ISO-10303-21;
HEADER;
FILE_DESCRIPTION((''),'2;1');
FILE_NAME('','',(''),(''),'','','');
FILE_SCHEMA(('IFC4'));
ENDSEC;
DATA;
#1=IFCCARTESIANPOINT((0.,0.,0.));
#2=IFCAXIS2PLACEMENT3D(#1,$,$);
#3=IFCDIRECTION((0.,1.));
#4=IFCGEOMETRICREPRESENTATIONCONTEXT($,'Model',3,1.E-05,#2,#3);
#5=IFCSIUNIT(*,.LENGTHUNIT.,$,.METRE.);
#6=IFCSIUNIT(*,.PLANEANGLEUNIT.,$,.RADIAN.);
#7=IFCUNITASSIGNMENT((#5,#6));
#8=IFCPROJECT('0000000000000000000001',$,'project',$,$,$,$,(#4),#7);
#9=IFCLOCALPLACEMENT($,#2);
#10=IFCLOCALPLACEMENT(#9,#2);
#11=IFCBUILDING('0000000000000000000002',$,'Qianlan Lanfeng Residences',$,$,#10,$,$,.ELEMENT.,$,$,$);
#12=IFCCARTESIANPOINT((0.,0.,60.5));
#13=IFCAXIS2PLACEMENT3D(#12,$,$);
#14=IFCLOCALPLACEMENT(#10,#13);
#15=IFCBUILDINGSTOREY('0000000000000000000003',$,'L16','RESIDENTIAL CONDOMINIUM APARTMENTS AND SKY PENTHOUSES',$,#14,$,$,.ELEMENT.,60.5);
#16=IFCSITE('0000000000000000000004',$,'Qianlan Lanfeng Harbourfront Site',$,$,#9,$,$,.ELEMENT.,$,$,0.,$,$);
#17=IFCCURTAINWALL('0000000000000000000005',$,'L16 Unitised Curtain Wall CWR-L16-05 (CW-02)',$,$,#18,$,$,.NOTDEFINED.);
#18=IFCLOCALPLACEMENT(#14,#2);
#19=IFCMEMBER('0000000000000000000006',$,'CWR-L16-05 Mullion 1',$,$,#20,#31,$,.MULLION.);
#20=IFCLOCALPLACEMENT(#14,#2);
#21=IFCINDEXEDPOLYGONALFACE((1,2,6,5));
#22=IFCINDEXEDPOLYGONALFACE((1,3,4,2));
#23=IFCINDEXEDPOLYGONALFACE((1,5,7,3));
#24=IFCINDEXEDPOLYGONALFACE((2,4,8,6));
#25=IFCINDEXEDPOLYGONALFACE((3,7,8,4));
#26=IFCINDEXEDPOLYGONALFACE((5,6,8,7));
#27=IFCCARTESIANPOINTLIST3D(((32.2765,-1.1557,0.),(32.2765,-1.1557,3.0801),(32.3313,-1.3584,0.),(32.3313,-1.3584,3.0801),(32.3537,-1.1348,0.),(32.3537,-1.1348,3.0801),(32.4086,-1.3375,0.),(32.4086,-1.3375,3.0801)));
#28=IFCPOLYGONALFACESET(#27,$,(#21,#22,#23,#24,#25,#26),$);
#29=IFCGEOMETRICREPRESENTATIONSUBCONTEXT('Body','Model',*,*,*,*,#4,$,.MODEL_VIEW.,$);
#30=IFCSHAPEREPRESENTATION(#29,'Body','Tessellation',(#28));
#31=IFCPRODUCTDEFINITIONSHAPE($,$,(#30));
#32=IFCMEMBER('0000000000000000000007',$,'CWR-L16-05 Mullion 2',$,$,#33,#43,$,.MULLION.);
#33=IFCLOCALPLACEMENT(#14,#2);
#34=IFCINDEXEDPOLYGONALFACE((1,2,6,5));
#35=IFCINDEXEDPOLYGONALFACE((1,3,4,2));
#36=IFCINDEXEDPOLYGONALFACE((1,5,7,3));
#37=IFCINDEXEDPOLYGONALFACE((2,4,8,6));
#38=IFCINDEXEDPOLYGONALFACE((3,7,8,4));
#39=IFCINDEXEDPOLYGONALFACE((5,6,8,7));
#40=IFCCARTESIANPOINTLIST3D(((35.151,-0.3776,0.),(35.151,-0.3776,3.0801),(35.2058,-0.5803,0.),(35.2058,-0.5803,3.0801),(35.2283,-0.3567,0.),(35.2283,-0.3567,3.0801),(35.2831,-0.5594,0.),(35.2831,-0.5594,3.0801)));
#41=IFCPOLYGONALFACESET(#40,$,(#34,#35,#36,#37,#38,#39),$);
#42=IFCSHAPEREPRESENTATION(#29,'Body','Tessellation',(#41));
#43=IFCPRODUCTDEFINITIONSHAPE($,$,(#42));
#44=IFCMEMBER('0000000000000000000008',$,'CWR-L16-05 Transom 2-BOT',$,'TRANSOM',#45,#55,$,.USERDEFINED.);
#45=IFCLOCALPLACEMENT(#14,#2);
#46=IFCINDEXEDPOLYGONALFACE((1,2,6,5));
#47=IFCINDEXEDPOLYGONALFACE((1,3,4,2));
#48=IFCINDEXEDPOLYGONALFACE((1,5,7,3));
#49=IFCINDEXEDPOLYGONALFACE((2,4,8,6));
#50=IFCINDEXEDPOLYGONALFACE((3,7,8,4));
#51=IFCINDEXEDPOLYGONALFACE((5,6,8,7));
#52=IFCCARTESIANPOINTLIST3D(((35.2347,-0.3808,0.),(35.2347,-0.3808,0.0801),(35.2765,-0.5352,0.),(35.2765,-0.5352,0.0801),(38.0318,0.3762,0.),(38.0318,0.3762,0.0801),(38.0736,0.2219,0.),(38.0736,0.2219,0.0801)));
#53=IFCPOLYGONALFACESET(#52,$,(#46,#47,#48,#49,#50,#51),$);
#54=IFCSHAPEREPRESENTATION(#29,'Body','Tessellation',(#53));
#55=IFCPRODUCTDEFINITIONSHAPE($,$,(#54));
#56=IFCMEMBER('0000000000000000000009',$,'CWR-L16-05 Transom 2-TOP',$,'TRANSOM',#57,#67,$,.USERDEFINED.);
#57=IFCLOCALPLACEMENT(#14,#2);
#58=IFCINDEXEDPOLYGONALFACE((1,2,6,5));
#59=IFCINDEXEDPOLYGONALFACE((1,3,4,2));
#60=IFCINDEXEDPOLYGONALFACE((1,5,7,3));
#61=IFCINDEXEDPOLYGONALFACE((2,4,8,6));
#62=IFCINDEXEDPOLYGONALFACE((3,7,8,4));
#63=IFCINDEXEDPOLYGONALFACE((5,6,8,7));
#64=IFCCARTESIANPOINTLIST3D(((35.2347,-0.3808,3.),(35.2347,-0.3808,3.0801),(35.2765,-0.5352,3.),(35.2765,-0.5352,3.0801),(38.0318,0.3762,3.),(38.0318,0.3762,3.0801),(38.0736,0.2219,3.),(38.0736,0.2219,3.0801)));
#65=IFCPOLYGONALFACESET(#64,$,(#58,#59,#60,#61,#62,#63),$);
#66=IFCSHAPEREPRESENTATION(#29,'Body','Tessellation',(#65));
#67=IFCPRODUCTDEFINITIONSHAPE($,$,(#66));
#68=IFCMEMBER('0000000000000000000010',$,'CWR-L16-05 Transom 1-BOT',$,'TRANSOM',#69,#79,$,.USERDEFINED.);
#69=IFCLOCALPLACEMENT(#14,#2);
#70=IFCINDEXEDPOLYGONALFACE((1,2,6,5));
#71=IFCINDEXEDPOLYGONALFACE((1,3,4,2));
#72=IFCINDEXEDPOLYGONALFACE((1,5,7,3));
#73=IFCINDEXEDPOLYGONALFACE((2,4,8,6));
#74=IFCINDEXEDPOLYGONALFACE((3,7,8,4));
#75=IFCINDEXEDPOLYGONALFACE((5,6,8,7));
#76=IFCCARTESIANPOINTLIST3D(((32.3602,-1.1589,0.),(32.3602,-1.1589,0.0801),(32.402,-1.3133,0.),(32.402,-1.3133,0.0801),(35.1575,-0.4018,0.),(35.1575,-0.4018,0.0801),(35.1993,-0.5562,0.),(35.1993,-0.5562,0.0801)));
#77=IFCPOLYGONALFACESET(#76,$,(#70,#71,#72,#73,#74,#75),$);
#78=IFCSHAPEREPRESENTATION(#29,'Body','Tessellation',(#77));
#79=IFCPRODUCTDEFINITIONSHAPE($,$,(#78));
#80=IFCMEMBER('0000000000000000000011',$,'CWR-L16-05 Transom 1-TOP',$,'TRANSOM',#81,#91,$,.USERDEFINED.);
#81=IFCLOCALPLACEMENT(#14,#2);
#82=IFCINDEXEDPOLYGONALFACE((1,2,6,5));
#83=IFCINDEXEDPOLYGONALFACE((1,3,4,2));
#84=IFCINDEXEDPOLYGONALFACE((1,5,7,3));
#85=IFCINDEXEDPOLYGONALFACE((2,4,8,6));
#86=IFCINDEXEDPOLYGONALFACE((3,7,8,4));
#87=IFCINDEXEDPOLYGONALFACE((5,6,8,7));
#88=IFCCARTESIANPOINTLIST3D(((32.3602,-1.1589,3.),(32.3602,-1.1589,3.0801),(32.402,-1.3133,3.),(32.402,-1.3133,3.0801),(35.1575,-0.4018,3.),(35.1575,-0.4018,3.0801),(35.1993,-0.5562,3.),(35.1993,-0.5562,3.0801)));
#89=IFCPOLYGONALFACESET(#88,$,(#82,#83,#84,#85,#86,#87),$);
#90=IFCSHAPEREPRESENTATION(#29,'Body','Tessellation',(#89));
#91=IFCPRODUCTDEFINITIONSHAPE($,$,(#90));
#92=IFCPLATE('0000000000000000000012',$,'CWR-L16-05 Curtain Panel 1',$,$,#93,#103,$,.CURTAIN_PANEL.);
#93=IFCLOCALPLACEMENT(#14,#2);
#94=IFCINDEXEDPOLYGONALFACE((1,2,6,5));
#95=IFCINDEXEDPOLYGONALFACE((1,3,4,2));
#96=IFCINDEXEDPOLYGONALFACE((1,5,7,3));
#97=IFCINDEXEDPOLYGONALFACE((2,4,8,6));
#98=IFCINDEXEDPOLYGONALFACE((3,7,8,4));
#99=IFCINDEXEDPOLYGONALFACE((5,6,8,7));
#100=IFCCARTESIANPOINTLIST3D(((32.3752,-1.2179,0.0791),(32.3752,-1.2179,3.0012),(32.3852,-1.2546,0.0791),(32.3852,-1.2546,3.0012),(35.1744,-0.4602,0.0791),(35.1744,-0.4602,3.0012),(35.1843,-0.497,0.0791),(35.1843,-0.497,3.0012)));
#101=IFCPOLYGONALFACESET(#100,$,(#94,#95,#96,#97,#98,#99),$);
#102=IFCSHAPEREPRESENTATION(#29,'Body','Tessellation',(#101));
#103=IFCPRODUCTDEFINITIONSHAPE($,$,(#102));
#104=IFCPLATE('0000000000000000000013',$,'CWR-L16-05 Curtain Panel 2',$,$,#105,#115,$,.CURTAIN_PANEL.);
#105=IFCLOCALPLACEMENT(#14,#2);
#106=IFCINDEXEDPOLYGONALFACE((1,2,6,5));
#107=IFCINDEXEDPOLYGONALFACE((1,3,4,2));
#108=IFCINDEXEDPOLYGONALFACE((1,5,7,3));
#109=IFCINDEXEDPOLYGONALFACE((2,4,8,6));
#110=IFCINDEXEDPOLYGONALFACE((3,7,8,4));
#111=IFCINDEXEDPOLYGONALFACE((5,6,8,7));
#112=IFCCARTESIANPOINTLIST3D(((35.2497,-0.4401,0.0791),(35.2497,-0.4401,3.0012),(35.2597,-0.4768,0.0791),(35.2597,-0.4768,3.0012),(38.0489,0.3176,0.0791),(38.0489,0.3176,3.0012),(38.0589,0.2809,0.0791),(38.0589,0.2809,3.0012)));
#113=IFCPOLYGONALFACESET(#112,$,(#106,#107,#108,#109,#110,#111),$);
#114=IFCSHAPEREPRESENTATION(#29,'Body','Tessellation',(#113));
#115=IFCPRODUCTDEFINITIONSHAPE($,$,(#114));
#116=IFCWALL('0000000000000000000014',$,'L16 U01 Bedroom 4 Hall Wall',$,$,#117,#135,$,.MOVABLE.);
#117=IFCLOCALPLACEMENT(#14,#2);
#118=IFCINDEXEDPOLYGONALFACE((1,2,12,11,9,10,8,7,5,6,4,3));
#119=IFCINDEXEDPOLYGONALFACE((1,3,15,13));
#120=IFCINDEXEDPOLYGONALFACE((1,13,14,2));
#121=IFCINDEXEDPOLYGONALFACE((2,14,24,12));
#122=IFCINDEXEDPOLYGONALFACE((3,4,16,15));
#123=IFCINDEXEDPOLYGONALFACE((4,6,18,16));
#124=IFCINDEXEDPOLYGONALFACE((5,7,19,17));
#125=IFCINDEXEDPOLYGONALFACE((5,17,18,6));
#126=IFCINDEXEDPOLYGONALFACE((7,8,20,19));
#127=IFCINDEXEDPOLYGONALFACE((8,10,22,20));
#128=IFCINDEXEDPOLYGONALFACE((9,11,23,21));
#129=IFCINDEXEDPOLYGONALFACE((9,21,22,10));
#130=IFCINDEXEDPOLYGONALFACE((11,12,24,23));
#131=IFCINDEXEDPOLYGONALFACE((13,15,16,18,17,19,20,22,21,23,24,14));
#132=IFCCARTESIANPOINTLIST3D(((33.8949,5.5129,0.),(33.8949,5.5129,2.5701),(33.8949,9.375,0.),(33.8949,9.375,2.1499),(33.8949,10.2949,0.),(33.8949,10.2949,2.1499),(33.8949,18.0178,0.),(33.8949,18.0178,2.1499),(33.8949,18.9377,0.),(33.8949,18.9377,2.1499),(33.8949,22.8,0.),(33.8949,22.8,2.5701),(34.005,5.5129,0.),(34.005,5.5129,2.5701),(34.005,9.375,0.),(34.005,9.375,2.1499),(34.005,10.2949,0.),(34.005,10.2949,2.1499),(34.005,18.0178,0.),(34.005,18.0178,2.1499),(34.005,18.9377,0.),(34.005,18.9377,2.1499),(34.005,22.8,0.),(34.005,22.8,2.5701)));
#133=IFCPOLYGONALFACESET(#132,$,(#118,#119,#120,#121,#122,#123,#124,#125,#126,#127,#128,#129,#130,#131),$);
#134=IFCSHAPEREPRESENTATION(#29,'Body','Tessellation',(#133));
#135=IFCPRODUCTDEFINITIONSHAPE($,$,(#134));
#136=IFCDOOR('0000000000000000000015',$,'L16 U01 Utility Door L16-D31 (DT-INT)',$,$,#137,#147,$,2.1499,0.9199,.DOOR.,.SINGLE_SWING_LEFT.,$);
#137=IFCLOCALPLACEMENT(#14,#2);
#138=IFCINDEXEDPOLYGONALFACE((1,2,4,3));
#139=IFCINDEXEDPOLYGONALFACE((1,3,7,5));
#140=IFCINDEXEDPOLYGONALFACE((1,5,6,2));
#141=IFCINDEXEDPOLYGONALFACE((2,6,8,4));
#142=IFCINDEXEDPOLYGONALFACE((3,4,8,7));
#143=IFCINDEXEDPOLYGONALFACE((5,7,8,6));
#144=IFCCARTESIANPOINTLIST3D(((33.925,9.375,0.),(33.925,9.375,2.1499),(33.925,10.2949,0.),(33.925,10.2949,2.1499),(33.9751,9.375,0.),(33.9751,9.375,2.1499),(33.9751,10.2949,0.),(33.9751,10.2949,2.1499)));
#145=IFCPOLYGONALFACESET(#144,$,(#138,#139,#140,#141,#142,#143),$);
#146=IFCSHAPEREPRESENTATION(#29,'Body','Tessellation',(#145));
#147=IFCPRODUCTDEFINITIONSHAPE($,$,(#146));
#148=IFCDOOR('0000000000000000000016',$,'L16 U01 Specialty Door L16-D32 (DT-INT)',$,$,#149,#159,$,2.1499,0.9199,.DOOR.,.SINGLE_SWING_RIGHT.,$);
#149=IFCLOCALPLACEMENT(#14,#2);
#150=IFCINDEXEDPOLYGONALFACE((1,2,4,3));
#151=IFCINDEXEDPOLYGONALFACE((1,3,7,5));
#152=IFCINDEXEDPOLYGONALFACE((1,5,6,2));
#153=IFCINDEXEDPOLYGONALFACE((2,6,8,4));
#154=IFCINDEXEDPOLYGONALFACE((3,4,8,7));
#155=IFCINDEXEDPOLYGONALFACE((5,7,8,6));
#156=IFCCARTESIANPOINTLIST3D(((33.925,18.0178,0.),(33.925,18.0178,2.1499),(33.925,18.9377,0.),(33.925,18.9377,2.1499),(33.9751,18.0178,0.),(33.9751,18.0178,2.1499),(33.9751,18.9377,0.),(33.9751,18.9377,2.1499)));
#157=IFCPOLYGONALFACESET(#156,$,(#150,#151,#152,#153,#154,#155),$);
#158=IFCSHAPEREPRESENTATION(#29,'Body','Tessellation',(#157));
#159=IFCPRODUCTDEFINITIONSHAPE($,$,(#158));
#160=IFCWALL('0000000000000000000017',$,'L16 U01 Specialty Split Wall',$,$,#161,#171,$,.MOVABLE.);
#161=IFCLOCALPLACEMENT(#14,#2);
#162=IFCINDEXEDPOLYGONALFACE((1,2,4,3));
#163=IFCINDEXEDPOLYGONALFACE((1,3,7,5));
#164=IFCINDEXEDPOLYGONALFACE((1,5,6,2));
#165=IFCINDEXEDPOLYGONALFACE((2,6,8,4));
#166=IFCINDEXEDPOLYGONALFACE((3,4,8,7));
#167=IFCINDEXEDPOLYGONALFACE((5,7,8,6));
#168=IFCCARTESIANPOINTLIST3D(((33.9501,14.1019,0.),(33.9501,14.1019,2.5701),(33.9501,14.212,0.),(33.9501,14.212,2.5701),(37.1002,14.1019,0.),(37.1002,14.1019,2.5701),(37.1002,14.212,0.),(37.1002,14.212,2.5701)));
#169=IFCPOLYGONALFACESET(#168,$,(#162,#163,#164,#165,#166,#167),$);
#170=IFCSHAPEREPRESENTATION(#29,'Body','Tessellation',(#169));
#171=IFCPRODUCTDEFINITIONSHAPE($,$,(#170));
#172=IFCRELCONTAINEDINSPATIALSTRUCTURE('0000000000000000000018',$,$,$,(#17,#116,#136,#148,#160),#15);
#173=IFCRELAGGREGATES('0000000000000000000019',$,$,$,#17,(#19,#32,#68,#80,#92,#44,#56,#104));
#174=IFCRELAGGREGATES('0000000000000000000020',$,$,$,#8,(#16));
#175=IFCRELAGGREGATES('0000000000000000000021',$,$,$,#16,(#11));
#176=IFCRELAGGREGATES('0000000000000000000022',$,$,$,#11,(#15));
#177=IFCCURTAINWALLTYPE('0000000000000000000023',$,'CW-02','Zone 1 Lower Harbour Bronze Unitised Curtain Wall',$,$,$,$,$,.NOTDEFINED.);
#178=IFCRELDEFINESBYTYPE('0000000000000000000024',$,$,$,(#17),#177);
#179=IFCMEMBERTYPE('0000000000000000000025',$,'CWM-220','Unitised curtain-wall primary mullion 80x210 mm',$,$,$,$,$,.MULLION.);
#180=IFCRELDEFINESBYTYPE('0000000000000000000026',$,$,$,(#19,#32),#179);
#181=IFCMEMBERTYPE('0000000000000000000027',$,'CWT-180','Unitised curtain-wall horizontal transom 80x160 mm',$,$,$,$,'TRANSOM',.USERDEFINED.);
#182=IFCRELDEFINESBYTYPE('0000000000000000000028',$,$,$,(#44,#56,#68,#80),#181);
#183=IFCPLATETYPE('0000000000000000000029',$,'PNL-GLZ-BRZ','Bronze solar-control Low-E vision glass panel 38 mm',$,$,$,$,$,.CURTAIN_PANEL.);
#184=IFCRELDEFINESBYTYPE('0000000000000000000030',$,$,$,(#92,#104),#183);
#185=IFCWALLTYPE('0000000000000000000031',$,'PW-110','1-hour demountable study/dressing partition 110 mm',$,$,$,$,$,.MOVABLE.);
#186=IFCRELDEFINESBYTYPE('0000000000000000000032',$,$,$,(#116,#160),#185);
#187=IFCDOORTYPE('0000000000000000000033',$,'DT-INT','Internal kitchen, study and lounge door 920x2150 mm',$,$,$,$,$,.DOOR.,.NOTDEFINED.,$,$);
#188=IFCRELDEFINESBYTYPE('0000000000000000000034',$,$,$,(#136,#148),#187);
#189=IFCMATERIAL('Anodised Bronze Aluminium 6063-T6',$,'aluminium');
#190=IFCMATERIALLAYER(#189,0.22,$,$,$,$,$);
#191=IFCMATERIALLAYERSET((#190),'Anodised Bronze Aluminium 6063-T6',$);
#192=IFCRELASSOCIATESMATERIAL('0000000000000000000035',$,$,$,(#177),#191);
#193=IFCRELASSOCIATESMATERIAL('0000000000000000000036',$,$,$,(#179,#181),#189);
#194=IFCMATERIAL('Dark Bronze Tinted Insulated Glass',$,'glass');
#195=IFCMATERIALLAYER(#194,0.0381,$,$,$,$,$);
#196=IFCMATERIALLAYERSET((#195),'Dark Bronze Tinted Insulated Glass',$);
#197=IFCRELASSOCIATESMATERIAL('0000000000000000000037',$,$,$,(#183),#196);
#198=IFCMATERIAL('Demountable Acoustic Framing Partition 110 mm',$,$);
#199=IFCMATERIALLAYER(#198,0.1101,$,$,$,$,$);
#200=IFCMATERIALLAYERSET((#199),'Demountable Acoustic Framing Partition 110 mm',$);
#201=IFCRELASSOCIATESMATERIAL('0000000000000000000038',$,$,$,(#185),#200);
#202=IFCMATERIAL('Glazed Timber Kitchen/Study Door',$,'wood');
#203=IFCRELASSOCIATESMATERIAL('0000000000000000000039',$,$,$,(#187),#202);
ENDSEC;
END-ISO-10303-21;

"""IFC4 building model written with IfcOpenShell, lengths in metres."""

from ifc_helpers import new_model, si_unit, direction, frame, frame_2d, origin, origin_2d, place, context, subcontext, project, spatial, rectangle, extrude, source, transform, mapped, material, layer, layer_set, material_profile, profile_set, type_object, element, fill, aggregate, save


model = new_model("IFC4")

# Units and contexts
model_context = context("Model", 3, precision=1e-05, world=origin(), true_north=direction((0.0, 1.0)))
body_context = subcontext(model_context, "Body", "Model", "MODEL_VIEW")
ifc_project = project(units=[si_unit("LENGTHUNIT", "METRE"), si_unit("PLANEANGLEUNIT", "RADIAN")], contexts=[model_context])

# Site, building, storey
site_placement = place(None, origin())
site = spatial("IfcSite", under=ifc_project, at=site_placement, Name="Qianlan Lanfeng Harbourfront Site", CompositionType="ELEMENT", RefElevation=0.0)
building_placement = place(site_placement, origin())
building = spatial("IfcBuilding", under=site, at=building_placement, Name="Qianlan Lanfeng Residences", CompositionType="ELEMENT")
storey_placement = place(building_placement, frame((0.0, 0.0, 60.5)))
storey = spatial("IfcBuildingStorey", under=building, at=storey_placement, Name="L16", Description="RESIDENTIAL CONDOMINIUM APARTMENTS AND SKY PENTHOUSES", CompositionType="ELEMENT", Elevation=60.5)

# Shared definitions
ifc_material_1 = material(Name="Anodised Bronze Aluminium 6063-T6", Category="aluminium")
ifc_layer_1 = layer(ifc_material_1, 0.22)
ifc_layer_set_1 = layer_set([ifc_layer_1], Name="Anodised Bronze Aluminium 6063-T6")
curtain_wall_type = type_object("IfcCurtainWallType", Name="CW-02", Description="Zone 1 Lower Harbour Bronze Unitised Curtain Wall", PredefinedType="NOTDEFINED", material=ifc_layer_set_1)
ifc_material_profile_1 = material_profile(ifc_material_1, rectangle(XDim=0.0801, YDim=0.21, at=origin_2d()), Name="ALU MULLION 80x210")
ifc_profile_set_1 = profile_set([ifc_material_profile_1], Name="Anodised Bronze Aluminium 6063-T6")
member_type_1 = type_object("IfcMemberType", Name="CWM-220", Description="Unitised curtain-wall primary mullion 80x210 mm", PredefinedType="MULLION", material=ifc_profile_set_1)
shared_shape_1 = source(origin(), body_context, "Body", "SweptSolid", [
    extrude(rectangle(XDim=0.0801, YDim=0.21, at=origin_2d()), origin(), (0.0, 0.0, 1.0), 3.0801),
])

# Curtain wall, members, plates
curtain_wall_1_placement = place(storey_placement, origin())
curtain_wall_1 = element("IfcCurtainWall", 1, at=curtain_wall_1_placement, inside=storey, type_object=curtain_wall_type, Name="L16 Unitised Curtain Wall CWR-L16-05 (CW-02)", PredefinedType="NOTDEFINED")
member_1_placement = place(storey_placement, frame((32.3425, -1.2466, 0.0), z_axis=(0.0, 0.0, 1.0), x_axis=(0.965263, 0.261281, 0.0)))
member_1 = element("IfcMember", 2, at=member_1_placement, type_object=member_type_1, Name="CWR-L16-05 Mullion 1", PredefinedType="MULLION", context=body_context, shape_type="MappedRepresentation", body=[
    mapped(shared_shape_1, transform((0.0, 0.0, 0.0), scale=1.0)),
])
member_2_placement = place(storey_placement, frame((35.217, -0.4685, 0.0), z_axis=(0.0, 0.0, 1.0), x_axis=(0.965263, 0.261281, 0.0)))
member_2 = element("IfcMember", 3, at=member_2_placement, type_object=member_type_1, Name="CWR-L16-05 Mullion 2", PredefinedType="MULLION", context=body_context, shape_type="MappedRepresentation", body=[
    mapped(shared_shape_1, transform((0.0, 0.0, 0.0), scale=1.0)),
])
ifc_material_profile_2 = material_profile(ifc_material_1, rectangle(XDim=0.0801, YDim=0.1599, at=origin_2d()), Name="ALU TRANSOM 80x160")
ifc_profile_set_2 = profile_set([ifc_material_profile_2], Name="Anodised Bronze Aluminium 6063-T6")
member_type_2 = type_object("IfcMemberType", Name="CWT-180", Description="Unitised curtain-wall horizontal transom 80x160 mm", ElementType="TRANSOM", PredefinedType="USERDEFINED", material=ifc_profile_set_2)
shared_shape_2 = source(origin(), body_context, "Body", "SweptSolid", [
    extrude(rectangle(XDim=0.0801, YDim=0.1599, at=origin_2d()), origin(), (0.0, 0.0, 1.0), 2.8977),
])
member_3_placement = place(storey_placement, frame((35.2556, -0.458, 0.04), z_axis=(0.965268, 0.261263, 0.0), x_axis=(0.0, 0.0, 1.0)))
member_3 = element("IfcMember", 4, at=member_3_placement, type_object=member_type_2, Name="CWR-L16-05 Transom 2-BOT", ObjectType="TRANSOM", PredefinedType="USERDEFINED", context=body_context, shape_type="MappedRepresentation", body=[
    mapped(shared_shape_2, transform((0.0, 0.0, 0.0), scale=1.0)),
])
member_4_placement = place(storey_placement, frame((35.2556, -0.458, 3.04), z_axis=(0.965268, 0.261263, 0.0), x_axis=(0.0, 0.0, 1.0)))
member_4 = element("IfcMember", 5, at=member_4_placement, type_object=member_type_2, Name="CWR-L16-05 Transom 2-TOP", ObjectType="TRANSOM", PredefinedType="USERDEFINED", context=body_context, shape_type="MappedRepresentation", body=[
    mapped(shared_shape_2, transform((0.0, 0.0, 0.0), scale=1.0)),
])
shared_shape_3 = source(origin(), body_context, "Body", "SweptSolid", [
    extrude(rectangle(XDim=0.0801, YDim=0.1599, at=origin_2d()), origin(), (0.0, 0.0, 1.0), 2.8979),
])
member_5_placement = place(storey_placement, frame((32.3811, -1.2361, 0.04), z_axis=(0.965273, 0.261242, 0.0), x_axis=(0.0, 0.0, 1.0)))
member_5 = element("IfcMember", 6, at=member_5_placement, type_object=member_type_2, Name="CWR-L16-05 Transom 1-BOT", ObjectType="TRANSOM", PredefinedType="USERDEFINED", context=body_context, shape_type="MappedRepresentation", body=[
    mapped(shared_shape_3, transform((0.0, 0.0, 0.0), scale=1.0)),
])
member_6_placement = place(storey_placement, frame((32.3811, -1.2361, 3.04), z_axis=(0.965273, 0.261242, 0.0), x_axis=(0.0, 0.0, 1.0)))
member_6 = element("IfcMember", 7, at=member_6_placement, type_object=member_type_2, Name="CWR-L16-05 Transom 1-TOP", ObjectType="TRANSOM", PredefinedType="USERDEFINED", context=body_context, shape_type="MappedRepresentation", body=[
    mapped(shared_shape_3, transform((0.0, 0.0, 0.0), scale=1.0)),
])
ifc_material_2 = material(Name="Dark Bronze Tinted Insulated Glass", Category="glass")
ifc_layer_2 = layer(ifc_material_2, 0.0381)
ifc_layer_set_2 = layer_set([ifc_layer_2], Name="Dark Bronze Tinted Insulated Glass")
plate_type = type_object("IfcPlateType", Name="PNL-GLZ-BRZ", Description="Bronze solar-control Low-E vision glass panel 38 mm", PredefinedType="CURTAIN_PANEL", material=ifc_layer_set_2)
shared_shape_4 = source(origin(), body_context, "Body", "SweptSolid", [
    extrude(rectangle(XDim=2.8999, YDim=0.0381, at=origin_2d()), origin(), (0.0, 0.0, 1.0), 2.9221),
])
plate_1_placement = place(storey_placement, frame((33.7798, -0.8574, 0.0791), z_axis=(0.0, 0.0, 1.0), x_axis=(0.965263, 0.261281, 0.0)))
plate_1 = element("IfcPlate", 8, at=plate_1_placement, type_object=plate_type, Name="CWR-L16-05 Curtain Panel 1", PredefinedType="CURTAIN_PANEL", context=body_context, shape_type="MappedRepresentation", body=[
    mapped(shared_shape_4, transform((0.0, 0.0, 0.0), scale=1.0)),
])
plate_2_placement = place(storey_placement, frame((36.6543, -0.0796, 0.0791), z_axis=(0.0, 0.0, 1.0), x_axis=(0.965263, 0.261281, 0.0)))
plate_2 = element("IfcPlate", 9, at=plate_2_placement, type_object=plate_type, Name="CWR-L16-05 Curtain Panel 2", PredefinedType="CURTAIN_PANEL", context=body_context, shape_type="MappedRepresentation", body=[
    mapped(shared_shape_4, transform((0.0, 0.0, 0.0), scale=1.0)),
])
aggregate(curtain_wall_1, [member_1, member_2, member_5, member_6, plate_1, member_3, member_4, plate_2])

# Wall, openings, doors
ifc_material_3 = material(Name="Demountable Acoustic Framing Partition 110 mm")
ifc_layer_3 = layer(ifc_material_3, 0.1101)
ifc_layer_set_3 = layer_set([ifc_layer_3], Name="Demountable Acoustic Framing Partition 110 mm")
wall_type_1 = type_object("IfcWallType", Name="PW-110", Description="1-hour demountable study/dressing partition 110 mm", PredefinedType="MOVABLE", material=ifc_layer_set_3)
wall_1_placement = place(storey_placement, frame((33.95, 5.5129, 0.0), z_axis=(0.0, 0.0, 1.0), x_axis=(0.0, 1.0, 0.0)))
wall_1 = element("IfcWall", 10, at=wall_1_placement, inside=storey, type_object=wall_type_1, Name="L16 U01 Bedroom 4 Hall Wall", PredefinedType="MOVABLE", context=body_context, shape_type="SweptSolid", body=[
    extrude(rectangle(XDim=17.2871, YDim=0.1101, at=frame_2d((8.6436, 0.0))), origin(), (0.0, 0.0, 1.0), 2.5701),
])
opening_1_placement = place(wall_1_placement, frame((3.8621, 0.0, 0.0)))
opening_1 = element("IfcOpeningElement", 11, at=opening_1_placement, cuts=wall_1, PredefinedType="OPENING", context=body_context, shape_type="SweptSolid", body=[
    extrude(rectangle(XDim=0.9199, YDim=2.1499, at=frame_2d((0.46, 1.075))), frame((0.0, 0.0649, 0.0), z_axis=(0.0, -1.0, 0.0), x_axis=(1.0, 0.0, 0.0)), (0.0, 0.0, 1.0), 0.1301),
])
opening_2_placement = place(wall_1_placement, frame((12.5049, 0.0, 0.0)))
opening_2 = element("IfcOpeningElement", 12, at=opening_2_placement, cuts=wall_1, PredefinedType="OPENING", context=body_context, shape_type="SweptSolid", body=[
    extrude(rectangle(XDim=0.9199, YDim=2.1499, at=frame_2d((0.46, 1.075))), frame((0.0, 0.0649, 0.0), z_axis=(0.0, -1.0, 0.0), x_axis=(1.0, 0.0, 0.0)), (0.0, 0.0, 1.0), 0.1301),
])
ifc_material_4 = material(Name="Glazed Timber Kitchen/Study Door", Category="wood")
door_type_1 = type_object("IfcDoorType", Name="DT-INT", Description="Internal kitchen, study and lounge door 920x2150 mm", OperationType="NOTDEFINED", PredefinedType="DOOR", material=ifc_material_4)
door_1_placement = place(opening_1_placement, origin())
door_1 = element("IfcDoor", 13, at=door_1_placement, inside=storey, type_object=door_type_1, Name="L16 U01 Utility Door L16-D31 (DT-INT)", OperationType="SINGLE_SWING_LEFT", OverallHeight=2.1499, OverallWidth=0.9199, PredefinedType="DOOR", context=body_context, shape_type="SweptSolid", body=[
    extrude(rectangle(XDim=0.9199, YDim=2.1499, at=frame_2d((0.46, 1.075))), frame((0.0, 0.0249, 0.0), z_axis=(0.0, -1.0, 0.0), x_axis=(1.0, 0.0, 0.0)), (0.0, 0.0, 1.0), 0.05),
])
fill(opening_1, door_1)
door_2_placement = place(opening_2_placement, origin())
door_2 = element("IfcDoor", 14, at=door_2_placement, inside=storey, type_object=door_type_1, Name="L16 U01 Specialty Door L16-D32 (DT-INT)", OperationType="SINGLE_SWING_RIGHT", OverallHeight=2.1499, OverallWidth=0.9199, PredefinedType="DOOR", context=body_context, shape_type="SweptSolid", body=[
    extrude(rectangle(XDim=0.9199, YDim=2.1499, at=frame_2d((0.46, 1.075))), frame((0.0, 0.0249, 0.0), z_axis=(0.0, -1.0, 0.0), x_axis=(1.0, 0.0, 0.0)), (0.0, 0.0, 1.0), 0.05),
])
fill(opening_2, door_2)

# Wall
wall_2_placement = place(storey_placement, frame((33.95, 14.157, 0.0), z_axis=(0.0, 0.0, 1.0), x_axis=(1.0, 0.0, 0.0)))
element("IfcWall", 15, at=wall_2_placement, inside=storey, type_object=wall_type_1, Name="L16 U01 Specialty Split Wall", PredefinedType="MOVABLE", context=body_context, shape_type="SweptSolid", body=[
    extrude(rectangle(XDim=3.1501, YDim=0.1101, at=frame_2d((1.5752, 0.0))), origin(), (0.0, 0.0, 1.0), 2.5701),
])

save(model, "model.ifc")
